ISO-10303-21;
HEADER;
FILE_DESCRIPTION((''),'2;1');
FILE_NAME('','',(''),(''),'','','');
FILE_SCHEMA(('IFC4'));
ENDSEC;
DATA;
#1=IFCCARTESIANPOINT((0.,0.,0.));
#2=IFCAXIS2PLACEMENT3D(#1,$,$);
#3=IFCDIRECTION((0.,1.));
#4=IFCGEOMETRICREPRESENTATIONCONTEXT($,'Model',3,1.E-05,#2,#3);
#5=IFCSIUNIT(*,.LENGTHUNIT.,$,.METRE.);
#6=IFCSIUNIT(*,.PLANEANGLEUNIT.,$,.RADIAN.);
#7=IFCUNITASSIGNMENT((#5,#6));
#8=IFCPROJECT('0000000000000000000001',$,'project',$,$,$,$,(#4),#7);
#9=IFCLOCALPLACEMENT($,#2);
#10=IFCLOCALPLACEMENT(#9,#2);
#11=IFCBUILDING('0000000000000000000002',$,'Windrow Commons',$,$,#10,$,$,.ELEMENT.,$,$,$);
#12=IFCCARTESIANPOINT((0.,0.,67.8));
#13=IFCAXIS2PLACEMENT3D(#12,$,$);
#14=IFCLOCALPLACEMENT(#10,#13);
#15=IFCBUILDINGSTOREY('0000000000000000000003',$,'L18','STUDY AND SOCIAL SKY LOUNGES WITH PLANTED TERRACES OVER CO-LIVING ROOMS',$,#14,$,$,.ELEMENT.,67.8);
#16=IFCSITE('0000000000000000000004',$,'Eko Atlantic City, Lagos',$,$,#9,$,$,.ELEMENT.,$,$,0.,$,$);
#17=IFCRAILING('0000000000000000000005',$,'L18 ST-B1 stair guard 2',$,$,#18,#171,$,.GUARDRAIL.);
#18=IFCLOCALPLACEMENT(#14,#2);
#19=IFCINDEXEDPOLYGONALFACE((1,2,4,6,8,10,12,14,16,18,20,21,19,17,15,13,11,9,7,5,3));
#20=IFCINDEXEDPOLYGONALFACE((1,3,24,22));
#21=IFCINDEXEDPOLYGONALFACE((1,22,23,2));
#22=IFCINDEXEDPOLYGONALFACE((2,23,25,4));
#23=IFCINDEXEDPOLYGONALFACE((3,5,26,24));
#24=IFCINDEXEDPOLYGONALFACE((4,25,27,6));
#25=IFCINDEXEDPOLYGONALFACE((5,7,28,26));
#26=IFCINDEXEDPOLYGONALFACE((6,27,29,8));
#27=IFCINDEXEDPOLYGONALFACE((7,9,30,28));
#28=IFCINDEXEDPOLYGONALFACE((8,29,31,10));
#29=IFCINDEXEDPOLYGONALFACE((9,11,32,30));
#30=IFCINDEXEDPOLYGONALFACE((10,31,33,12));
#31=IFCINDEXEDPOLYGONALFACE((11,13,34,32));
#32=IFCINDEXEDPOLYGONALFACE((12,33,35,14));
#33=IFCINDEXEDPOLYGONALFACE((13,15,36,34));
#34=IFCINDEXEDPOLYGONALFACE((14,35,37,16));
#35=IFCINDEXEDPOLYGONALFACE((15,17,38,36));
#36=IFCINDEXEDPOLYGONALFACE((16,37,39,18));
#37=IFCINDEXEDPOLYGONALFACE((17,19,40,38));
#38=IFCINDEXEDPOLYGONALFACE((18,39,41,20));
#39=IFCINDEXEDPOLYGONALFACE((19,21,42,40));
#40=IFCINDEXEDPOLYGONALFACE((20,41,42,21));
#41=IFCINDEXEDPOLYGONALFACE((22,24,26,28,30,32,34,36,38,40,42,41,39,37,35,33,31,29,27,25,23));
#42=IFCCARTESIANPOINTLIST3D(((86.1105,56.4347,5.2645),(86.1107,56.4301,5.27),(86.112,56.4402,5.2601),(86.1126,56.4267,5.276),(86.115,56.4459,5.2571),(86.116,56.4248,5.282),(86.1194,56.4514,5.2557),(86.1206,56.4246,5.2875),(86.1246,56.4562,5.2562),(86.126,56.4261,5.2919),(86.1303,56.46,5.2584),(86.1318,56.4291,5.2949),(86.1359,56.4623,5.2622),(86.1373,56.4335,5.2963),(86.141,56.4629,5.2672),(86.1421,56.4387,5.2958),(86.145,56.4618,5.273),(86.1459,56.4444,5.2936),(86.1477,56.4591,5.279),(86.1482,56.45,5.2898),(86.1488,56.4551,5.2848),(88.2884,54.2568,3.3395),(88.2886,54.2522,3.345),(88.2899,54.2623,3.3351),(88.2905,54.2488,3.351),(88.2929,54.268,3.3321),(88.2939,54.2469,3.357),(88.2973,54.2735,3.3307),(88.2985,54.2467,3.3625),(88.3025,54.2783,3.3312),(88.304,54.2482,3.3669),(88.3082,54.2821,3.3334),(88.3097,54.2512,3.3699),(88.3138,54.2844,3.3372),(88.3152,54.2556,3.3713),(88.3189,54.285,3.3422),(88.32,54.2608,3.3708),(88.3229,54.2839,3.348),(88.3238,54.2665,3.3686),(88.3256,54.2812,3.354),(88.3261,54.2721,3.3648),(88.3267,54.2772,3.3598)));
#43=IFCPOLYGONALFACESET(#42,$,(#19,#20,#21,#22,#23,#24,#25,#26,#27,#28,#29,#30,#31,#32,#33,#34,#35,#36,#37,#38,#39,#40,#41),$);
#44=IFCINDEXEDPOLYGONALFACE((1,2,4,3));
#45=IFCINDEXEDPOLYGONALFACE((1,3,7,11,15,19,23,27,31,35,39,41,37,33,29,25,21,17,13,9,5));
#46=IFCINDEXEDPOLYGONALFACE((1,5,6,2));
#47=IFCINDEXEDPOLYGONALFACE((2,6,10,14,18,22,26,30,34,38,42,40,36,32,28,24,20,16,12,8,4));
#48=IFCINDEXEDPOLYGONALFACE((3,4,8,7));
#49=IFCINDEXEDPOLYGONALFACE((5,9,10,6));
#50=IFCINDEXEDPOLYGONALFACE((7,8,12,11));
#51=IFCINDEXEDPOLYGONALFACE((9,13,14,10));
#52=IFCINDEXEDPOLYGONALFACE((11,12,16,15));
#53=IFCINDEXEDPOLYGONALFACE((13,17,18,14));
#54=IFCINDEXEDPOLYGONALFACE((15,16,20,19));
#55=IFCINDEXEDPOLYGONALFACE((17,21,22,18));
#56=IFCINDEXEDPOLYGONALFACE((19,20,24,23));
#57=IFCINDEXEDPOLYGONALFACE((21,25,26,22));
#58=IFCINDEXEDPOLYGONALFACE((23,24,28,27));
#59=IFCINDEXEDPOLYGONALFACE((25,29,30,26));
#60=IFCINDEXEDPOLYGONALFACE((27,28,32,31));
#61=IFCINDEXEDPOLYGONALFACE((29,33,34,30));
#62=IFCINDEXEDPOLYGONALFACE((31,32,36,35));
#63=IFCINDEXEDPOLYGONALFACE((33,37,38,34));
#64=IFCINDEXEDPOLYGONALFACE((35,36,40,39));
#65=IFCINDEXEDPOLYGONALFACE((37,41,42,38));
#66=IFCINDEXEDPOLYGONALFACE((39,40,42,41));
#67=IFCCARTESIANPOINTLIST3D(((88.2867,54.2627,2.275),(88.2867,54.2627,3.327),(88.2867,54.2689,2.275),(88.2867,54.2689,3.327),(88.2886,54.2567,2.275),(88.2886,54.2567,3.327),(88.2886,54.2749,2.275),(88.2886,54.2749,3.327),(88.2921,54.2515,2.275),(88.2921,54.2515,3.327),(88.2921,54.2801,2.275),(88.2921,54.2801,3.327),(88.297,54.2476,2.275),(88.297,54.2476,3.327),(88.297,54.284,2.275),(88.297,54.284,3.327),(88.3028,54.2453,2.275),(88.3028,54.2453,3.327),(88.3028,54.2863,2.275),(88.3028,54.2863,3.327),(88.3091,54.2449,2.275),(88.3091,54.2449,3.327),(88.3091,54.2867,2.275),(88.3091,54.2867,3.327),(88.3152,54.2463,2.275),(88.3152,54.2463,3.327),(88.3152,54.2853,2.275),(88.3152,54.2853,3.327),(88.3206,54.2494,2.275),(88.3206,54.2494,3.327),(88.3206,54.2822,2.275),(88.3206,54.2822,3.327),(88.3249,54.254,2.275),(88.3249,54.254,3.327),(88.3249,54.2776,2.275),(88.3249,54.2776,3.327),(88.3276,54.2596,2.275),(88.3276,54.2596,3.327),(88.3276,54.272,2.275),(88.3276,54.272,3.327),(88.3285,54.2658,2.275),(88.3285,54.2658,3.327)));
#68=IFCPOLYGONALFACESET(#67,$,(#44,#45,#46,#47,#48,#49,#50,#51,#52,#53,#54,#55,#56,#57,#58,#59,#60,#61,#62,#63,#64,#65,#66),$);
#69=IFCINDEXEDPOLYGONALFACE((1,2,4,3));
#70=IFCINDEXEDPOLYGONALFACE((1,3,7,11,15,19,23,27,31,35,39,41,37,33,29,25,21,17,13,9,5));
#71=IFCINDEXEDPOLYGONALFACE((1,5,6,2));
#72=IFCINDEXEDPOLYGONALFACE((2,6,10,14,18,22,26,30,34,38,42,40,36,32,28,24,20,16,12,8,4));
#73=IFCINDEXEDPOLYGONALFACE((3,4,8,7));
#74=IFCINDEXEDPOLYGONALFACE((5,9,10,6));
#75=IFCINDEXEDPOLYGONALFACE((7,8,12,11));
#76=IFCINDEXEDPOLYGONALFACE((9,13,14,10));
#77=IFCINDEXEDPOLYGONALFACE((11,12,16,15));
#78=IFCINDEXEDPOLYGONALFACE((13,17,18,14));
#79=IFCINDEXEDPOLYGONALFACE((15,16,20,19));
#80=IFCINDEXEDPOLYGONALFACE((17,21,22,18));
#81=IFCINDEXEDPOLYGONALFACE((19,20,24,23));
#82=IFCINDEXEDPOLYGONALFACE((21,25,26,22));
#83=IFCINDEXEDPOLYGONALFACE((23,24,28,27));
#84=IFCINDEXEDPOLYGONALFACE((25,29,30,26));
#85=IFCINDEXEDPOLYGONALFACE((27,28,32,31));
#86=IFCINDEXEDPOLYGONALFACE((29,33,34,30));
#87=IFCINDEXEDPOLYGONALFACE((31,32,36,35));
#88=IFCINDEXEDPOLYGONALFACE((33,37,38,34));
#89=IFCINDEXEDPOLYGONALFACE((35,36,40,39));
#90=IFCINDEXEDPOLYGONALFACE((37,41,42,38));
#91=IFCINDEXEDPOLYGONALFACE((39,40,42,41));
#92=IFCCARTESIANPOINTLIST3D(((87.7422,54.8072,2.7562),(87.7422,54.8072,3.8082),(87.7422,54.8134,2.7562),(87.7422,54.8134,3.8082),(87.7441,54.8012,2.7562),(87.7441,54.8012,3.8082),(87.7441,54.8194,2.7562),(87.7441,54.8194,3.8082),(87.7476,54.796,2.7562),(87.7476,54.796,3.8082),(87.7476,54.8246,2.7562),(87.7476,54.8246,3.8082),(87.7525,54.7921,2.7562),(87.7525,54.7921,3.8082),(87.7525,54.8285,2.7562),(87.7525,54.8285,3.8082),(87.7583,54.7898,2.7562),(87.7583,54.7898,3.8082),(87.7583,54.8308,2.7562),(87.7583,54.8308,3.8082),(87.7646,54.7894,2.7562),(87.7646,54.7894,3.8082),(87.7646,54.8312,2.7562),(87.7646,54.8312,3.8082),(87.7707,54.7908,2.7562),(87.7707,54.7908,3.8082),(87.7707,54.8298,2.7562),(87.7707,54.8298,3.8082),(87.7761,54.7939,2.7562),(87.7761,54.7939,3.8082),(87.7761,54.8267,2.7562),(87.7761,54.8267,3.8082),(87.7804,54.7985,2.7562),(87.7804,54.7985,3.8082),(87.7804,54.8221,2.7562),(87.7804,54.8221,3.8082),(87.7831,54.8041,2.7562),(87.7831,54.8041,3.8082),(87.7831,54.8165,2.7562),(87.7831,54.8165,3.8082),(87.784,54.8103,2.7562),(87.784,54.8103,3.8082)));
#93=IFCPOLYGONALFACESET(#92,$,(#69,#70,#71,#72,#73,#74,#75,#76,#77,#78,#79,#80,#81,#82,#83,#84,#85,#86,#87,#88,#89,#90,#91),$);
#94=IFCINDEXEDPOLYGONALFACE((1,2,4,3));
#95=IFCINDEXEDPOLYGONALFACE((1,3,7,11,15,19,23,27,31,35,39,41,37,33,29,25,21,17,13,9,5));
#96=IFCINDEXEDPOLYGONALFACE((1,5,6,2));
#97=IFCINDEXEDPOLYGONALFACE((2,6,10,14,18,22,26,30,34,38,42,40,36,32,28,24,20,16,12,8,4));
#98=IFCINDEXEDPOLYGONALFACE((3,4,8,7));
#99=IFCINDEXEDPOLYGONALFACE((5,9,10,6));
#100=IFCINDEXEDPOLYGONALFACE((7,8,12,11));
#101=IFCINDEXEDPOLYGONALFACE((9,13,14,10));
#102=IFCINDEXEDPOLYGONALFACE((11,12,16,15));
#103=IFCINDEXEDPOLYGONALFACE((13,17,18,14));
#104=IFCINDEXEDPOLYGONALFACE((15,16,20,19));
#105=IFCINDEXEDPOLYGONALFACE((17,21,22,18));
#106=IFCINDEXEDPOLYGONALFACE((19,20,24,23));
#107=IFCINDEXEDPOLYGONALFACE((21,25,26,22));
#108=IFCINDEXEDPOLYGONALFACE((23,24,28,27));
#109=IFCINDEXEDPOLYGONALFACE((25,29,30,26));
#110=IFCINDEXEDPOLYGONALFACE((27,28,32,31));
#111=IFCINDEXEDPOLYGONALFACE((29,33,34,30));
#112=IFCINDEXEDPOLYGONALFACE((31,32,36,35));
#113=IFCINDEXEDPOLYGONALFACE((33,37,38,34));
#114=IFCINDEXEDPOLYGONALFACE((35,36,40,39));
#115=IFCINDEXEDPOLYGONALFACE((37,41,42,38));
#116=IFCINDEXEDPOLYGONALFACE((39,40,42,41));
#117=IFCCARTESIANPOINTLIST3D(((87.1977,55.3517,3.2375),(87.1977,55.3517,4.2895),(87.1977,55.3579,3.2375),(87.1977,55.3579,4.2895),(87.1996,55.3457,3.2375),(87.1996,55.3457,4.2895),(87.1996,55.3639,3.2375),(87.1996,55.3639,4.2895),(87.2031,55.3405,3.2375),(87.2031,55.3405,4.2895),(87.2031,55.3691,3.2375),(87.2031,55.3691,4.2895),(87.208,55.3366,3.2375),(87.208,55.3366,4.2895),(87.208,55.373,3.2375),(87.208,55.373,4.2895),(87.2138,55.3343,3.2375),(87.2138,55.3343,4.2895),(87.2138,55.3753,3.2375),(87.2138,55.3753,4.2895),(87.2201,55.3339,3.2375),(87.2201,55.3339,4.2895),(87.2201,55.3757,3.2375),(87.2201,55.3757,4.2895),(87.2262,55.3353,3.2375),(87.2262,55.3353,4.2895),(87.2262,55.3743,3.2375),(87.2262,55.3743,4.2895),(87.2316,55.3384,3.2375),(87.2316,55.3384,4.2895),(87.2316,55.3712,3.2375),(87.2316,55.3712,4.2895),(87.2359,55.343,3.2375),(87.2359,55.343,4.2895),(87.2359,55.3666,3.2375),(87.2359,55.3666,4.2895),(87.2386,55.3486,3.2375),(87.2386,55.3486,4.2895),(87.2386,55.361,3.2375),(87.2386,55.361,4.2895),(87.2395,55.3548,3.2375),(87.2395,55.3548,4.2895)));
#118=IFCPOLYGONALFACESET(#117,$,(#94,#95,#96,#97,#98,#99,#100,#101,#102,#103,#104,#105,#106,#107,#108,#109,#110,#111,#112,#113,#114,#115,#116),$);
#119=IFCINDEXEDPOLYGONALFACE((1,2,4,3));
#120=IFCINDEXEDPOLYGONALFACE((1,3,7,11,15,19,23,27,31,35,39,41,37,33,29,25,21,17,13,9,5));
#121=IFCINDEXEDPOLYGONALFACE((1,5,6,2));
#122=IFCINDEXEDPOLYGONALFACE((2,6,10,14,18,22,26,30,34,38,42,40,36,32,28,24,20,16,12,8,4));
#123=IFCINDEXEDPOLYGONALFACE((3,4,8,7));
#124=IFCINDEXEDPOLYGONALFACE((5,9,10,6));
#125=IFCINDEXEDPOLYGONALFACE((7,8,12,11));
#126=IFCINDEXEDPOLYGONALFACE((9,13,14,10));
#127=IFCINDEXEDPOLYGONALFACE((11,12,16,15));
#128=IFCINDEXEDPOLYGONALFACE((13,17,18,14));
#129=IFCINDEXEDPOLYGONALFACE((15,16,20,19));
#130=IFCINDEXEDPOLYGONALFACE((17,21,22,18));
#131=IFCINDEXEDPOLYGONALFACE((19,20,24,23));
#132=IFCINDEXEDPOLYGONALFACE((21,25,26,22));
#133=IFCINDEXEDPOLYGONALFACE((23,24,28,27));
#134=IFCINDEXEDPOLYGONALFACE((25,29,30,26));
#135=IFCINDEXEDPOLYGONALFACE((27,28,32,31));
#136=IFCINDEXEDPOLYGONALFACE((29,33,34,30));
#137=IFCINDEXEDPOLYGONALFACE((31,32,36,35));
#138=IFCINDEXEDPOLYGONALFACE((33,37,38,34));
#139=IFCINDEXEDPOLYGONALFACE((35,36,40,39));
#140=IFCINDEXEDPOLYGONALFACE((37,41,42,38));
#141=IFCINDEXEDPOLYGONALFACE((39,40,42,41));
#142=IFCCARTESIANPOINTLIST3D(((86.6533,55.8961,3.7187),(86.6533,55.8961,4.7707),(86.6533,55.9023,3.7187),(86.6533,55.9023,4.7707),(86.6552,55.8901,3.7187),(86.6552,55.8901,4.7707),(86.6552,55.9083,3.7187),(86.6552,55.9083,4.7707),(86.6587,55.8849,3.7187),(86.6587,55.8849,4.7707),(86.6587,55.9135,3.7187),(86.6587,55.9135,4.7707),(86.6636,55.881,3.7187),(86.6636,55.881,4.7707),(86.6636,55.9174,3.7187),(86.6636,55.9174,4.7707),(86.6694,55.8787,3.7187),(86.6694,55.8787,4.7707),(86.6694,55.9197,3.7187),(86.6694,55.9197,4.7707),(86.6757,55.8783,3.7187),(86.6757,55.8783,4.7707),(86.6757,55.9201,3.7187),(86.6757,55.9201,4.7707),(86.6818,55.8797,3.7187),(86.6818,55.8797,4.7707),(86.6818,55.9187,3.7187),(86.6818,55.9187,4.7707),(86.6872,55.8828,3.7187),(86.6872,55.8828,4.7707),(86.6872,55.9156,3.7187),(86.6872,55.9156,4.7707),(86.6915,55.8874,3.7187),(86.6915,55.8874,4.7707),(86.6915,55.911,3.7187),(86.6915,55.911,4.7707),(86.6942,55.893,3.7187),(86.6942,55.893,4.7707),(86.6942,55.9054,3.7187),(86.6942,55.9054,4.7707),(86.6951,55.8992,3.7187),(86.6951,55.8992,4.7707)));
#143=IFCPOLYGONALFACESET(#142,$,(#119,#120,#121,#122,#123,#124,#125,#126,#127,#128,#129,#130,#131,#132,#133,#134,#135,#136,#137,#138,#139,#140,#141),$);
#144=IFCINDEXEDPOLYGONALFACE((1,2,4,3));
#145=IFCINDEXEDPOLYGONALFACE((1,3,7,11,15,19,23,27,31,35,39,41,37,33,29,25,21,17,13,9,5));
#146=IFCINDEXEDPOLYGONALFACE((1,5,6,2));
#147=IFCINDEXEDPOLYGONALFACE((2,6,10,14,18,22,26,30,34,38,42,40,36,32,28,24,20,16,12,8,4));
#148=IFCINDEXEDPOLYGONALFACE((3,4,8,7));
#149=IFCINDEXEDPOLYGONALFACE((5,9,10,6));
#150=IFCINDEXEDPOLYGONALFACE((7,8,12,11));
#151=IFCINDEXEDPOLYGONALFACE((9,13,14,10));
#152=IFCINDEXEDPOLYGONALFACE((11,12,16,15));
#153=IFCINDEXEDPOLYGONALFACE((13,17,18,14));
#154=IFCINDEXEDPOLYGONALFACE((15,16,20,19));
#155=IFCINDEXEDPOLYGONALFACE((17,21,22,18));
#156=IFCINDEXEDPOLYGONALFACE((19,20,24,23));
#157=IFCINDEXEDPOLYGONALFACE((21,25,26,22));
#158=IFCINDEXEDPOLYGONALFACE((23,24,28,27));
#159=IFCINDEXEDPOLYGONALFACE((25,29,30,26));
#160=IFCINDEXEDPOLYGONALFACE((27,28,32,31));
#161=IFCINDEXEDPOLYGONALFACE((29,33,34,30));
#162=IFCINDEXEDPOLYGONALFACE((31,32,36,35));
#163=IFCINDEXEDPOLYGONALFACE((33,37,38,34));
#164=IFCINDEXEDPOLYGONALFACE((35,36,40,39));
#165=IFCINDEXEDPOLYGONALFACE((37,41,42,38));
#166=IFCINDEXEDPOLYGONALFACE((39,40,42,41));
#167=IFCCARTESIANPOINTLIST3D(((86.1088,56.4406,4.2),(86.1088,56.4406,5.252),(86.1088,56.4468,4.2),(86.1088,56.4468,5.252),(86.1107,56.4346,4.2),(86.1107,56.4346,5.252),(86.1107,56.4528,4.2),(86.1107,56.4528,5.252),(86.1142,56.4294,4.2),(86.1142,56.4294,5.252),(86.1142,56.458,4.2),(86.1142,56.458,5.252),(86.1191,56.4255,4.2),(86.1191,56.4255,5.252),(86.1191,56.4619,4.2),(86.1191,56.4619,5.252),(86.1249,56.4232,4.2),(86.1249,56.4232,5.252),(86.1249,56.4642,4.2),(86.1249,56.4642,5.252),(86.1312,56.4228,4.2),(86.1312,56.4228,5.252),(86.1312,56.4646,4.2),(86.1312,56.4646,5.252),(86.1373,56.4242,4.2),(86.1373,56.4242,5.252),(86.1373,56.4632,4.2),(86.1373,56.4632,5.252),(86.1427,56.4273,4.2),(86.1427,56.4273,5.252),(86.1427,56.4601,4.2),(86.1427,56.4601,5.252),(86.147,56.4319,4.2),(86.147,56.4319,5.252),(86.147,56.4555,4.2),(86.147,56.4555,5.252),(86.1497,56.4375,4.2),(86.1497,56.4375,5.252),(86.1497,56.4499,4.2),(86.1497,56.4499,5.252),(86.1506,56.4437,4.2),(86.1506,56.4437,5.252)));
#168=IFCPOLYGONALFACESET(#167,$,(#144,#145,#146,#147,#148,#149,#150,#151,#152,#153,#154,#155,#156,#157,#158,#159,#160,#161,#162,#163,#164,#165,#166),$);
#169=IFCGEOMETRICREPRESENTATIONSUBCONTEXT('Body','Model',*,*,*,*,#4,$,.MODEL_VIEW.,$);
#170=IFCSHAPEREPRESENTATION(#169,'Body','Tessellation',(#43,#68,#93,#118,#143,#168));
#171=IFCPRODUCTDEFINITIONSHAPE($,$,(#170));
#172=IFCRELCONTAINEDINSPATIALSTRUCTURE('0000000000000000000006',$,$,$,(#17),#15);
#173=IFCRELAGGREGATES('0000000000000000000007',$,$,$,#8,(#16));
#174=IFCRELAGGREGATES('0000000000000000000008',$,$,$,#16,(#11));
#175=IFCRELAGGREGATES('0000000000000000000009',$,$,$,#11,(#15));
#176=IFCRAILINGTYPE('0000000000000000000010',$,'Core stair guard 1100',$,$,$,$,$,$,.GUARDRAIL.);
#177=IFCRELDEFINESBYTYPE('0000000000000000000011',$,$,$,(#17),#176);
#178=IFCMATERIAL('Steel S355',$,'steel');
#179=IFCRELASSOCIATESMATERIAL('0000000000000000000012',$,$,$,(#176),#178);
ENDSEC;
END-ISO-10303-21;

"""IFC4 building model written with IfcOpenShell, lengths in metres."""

from ifc_helpers import new_model, si_unit, direction, frame, origin, origin_2d, place, context, subcontext, project, spatial, circle, extrude, material, type_object, element, save


model = new_model("IFC4")

# Units and contexts
model_context = context("Model", 3, precision=1e-05, world=origin(), true_north=direction((0.0, 1.0)))
body_context = subcontext(model_context, "Body", "Model", "MODEL_VIEW")
ifc_project = project(units=[si_unit("LENGTHUNIT", "METRE"), si_unit("PLANEANGLEUNIT", "RADIAN")], contexts=[model_context])

# Site, building, storey
site_placement = place(None, origin())
site = spatial("IfcSite", under=ifc_project, at=site_placement, Name="Eko Atlantic City, Lagos", CompositionType="ELEMENT", RefElevation=0.0)
building_placement = place(site_placement, origin())
building = spatial("IfcBuilding", under=site, at=building_placement, Name="Windrow Commons", CompositionType="ELEMENT")
storey_placement = place(building_placement, frame((0.0, 0.0, 67.8)))
storey = spatial("IfcBuildingStorey", under=building, at=storey_placement, Name="L18", Description="STUDY AND SOCIAL SKY LOUNGES WITH PLANTED TERRACES OVER CO-LIVING ROOMS", CompositionType="ELEMENT", Elevation=67.8)

# Railing
ifc_material_1 = material(Name="Steel S355", Category="steel")
railing_type_1 = type_object("IfcRailingType", Name="Core stair guard 1100", PredefinedType="GUARDRAIL", material=ifc_material_1)
railing_1_placement = place(storey_placement, frame((88.3075, 54.2658, 2.275)))
element("IfcRailing", 1, at=railing_1_placement, inside=storey, type_object=railing_type_1, Name="L18 ST-B1 stair guard 2", PredefinedType="GUARDRAIL", context=body_context, shape_type="SweptSolid", body=[
    extrude(circle(Radius=0.024, at=origin_2d()), frame((0.0, 0.0, 1.076), z_axis=(-0.599626, 0.599626, 0.529997), x_axis=(-0.707107, -0.707107, 0.0)), (0.0, 0.0, 1.0), 3.6321),
    extrude(circle(Radius=0.021, at=origin_2d()), origin(), (0.0, 0.0, 1.0), 1.052),
    extrude(circle(Radius=0.021, at=origin_2d()), frame((-0.5445, 0.5445, 0.4812)), (0.0, 0.0, 1.0), 1.052),
    extrude(circle(Radius=0.021, at=origin_2d()), frame((-1.089, 1.089, 0.9625)), (0.0, 0.0, 1.0), 1.052),
    extrude(circle(Radius=0.021, at=origin_2d()), frame((-1.6334, 1.6334, 1.4437)), (0.0, 0.0, 1.0), 1.052),
    extrude(circle(Radius=0.021, at=origin_2d()), frame((-2.1779, 2.1779, 1.925)), (0.0, 0.0, 1.0), 1.052),
])

save(model, "model.ifc")
